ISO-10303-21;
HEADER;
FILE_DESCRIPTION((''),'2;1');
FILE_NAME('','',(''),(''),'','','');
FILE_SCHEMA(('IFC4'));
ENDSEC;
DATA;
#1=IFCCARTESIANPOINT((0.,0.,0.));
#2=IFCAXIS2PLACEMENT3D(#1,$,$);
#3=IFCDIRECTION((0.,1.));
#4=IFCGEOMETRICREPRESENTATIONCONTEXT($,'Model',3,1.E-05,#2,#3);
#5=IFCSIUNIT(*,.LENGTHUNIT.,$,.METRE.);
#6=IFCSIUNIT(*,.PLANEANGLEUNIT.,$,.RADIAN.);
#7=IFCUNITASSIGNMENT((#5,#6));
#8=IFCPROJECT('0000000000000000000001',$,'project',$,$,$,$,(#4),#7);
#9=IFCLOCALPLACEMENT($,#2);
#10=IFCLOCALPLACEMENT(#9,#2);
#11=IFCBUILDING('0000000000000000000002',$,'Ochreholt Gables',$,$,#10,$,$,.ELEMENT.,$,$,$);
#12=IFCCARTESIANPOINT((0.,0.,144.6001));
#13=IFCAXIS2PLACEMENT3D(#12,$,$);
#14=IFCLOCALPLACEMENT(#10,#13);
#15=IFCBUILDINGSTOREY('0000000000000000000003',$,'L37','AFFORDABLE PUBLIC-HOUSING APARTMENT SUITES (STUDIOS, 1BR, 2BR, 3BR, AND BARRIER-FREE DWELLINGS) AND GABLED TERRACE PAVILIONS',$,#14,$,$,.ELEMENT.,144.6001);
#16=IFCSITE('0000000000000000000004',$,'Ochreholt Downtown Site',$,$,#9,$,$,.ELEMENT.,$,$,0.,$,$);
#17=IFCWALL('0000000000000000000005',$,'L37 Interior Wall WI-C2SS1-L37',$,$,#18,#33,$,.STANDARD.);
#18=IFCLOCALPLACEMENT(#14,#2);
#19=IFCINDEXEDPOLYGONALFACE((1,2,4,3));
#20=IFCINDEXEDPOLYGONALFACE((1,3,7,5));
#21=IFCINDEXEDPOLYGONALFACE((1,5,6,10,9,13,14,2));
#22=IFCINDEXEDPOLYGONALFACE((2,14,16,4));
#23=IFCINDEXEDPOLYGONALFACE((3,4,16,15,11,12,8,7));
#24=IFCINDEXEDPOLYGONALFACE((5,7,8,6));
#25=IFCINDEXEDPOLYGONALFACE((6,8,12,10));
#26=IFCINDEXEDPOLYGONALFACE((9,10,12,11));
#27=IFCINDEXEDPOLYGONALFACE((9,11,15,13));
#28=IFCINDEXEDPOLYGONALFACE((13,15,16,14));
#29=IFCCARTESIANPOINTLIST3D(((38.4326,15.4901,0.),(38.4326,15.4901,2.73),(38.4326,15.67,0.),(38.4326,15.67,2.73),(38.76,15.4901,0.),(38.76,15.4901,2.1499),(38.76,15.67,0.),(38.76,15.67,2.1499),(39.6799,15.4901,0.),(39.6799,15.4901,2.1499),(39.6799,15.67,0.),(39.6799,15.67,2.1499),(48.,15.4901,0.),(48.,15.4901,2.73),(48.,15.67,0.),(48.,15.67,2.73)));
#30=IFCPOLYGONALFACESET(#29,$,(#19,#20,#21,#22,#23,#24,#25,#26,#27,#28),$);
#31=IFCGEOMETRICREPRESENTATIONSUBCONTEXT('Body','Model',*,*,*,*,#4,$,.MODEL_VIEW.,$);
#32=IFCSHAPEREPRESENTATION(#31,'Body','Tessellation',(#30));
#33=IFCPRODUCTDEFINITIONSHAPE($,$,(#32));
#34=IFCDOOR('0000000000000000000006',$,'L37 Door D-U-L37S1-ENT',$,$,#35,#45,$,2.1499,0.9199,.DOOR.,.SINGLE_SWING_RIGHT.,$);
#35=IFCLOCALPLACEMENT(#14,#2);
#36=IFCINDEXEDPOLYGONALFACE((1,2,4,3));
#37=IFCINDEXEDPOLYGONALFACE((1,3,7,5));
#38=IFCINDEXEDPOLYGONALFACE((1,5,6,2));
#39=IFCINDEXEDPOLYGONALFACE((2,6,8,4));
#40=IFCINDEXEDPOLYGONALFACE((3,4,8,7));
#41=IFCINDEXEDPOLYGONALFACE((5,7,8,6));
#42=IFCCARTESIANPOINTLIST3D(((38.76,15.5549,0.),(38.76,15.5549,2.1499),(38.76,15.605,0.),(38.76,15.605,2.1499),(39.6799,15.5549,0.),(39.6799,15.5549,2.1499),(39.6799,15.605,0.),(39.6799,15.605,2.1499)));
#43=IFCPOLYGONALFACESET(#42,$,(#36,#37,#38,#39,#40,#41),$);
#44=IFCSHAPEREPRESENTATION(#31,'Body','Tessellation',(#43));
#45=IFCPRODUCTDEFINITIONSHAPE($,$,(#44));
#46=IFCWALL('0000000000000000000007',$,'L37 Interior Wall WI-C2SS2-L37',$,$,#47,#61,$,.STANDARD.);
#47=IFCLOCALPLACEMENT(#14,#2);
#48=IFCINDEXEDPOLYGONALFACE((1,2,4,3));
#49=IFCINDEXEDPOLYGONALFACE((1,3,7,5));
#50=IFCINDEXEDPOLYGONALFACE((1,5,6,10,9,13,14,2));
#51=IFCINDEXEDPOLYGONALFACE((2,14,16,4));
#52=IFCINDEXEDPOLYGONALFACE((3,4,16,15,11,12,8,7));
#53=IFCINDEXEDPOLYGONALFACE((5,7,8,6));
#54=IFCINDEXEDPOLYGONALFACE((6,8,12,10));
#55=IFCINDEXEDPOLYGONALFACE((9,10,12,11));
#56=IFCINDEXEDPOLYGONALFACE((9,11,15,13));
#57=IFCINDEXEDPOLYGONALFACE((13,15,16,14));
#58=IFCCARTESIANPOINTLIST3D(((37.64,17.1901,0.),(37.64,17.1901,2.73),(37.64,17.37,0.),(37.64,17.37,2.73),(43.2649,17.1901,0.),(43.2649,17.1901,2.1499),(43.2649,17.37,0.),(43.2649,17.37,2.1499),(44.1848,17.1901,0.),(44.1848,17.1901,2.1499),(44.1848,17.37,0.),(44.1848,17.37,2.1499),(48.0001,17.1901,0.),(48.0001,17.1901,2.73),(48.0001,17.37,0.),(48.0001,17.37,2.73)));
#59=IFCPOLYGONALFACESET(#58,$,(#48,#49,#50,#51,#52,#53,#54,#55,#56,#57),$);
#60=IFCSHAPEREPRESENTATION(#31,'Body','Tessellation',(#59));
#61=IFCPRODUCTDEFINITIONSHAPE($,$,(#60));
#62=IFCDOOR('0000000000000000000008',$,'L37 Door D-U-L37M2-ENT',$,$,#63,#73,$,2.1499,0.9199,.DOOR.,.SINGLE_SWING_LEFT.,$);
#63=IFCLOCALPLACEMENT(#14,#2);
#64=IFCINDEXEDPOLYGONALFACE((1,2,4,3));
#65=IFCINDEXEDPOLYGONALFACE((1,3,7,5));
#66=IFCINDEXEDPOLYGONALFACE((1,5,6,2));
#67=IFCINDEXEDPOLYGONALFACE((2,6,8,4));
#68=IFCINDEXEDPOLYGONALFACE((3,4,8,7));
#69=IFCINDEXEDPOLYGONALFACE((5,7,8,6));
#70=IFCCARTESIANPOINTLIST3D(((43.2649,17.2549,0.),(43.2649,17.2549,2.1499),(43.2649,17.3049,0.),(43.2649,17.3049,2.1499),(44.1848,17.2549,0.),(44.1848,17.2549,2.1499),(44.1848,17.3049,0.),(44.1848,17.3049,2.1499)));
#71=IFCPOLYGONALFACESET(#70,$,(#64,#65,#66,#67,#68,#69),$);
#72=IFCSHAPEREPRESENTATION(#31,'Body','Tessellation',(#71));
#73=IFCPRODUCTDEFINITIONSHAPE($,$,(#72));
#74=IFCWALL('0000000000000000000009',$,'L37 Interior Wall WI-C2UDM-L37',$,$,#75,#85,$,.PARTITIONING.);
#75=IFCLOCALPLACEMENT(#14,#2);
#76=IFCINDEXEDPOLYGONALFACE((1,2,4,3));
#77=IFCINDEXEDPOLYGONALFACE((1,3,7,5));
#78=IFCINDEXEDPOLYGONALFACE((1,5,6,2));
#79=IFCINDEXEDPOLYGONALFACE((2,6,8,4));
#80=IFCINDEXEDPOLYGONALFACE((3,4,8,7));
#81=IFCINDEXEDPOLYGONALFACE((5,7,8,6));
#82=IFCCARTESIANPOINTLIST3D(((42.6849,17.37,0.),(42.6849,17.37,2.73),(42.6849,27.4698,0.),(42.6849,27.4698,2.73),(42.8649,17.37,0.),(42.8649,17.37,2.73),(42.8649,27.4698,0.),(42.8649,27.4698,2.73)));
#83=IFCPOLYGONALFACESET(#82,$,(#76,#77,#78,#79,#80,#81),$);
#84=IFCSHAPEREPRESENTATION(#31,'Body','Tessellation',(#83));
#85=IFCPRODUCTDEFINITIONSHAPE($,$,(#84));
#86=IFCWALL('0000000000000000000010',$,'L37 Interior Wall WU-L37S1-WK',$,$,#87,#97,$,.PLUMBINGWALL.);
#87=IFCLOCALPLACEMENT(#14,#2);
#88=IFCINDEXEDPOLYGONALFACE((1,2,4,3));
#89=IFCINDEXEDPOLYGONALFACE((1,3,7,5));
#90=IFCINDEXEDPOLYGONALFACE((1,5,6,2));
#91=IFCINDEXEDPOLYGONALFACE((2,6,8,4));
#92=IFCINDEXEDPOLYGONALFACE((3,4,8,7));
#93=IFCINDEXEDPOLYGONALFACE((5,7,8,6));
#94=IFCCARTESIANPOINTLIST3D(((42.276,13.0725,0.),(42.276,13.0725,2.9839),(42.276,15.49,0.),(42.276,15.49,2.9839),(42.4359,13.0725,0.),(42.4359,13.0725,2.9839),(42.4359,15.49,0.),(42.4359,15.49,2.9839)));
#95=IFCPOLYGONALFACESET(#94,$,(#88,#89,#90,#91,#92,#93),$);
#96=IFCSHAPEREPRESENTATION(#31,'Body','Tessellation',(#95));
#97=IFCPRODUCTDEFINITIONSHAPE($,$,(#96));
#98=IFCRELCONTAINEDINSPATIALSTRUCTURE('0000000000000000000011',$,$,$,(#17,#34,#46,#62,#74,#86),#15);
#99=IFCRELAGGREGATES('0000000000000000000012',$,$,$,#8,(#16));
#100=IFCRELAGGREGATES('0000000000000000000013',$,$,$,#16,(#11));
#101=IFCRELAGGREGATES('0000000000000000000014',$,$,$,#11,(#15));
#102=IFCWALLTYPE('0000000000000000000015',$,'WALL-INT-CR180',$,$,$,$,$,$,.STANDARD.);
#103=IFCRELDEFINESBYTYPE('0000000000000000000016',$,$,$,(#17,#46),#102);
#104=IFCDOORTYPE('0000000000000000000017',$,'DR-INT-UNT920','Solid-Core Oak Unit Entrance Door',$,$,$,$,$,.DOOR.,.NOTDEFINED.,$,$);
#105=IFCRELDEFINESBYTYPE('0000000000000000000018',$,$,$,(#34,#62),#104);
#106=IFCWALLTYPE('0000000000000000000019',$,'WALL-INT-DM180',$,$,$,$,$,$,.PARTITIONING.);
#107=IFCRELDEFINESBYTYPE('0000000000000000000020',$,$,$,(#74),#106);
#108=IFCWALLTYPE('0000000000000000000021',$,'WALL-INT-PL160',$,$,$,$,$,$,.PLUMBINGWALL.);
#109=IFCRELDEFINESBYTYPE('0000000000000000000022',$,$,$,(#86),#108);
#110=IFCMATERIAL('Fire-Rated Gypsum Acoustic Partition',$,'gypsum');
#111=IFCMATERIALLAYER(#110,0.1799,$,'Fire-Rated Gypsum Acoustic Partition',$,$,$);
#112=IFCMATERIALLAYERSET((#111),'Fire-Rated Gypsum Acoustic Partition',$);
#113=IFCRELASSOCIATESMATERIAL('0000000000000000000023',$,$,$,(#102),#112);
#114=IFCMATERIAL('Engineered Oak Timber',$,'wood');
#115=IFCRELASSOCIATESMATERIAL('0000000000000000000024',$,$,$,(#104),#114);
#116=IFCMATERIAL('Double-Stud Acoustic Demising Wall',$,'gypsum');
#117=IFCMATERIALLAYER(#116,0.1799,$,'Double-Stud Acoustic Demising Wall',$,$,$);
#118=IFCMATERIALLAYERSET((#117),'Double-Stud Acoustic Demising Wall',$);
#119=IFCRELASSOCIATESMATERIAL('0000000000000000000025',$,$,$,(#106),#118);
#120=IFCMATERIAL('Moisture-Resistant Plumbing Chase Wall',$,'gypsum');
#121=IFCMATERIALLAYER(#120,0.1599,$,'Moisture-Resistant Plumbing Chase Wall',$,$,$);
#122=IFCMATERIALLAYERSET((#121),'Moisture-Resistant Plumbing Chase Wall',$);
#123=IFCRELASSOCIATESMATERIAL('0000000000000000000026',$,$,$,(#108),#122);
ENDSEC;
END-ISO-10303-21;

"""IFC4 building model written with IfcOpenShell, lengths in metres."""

from ifc_helpers import new_model, si_unit, direction, frame, frame_2d, origin, place, context, subcontext, project, spatial, rectangle, extrude, material, layer, layer_set, type_object, element, fill, save


model = new_model("IFC4")

# Units and contexts
model_context = context("Model", 3, precision=1e-05, world=origin(), true_north=direction((0.0, 1.0)))
body_context = subcontext(model_context, "Body", "Model", "MODEL_VIEW")
ifc_project = project(units=[si_unit("LENGTHUNIT", "METRE"), si_unit("PLANEANGLEUNIT", "RADIAN")], contexts=[model_context])

# Site, building, storey
site_placement = place(None, origin())
site = spatial("IfcSite", under=ifc_project, at=site_placement, Name="Ochreholt Downtown Site", CompositionType="ELEMENT", RefElevation=0.0)
building_placement = place(site_placement, origin())
building = spatial("IfcBuilding", under=site, at=building_placement, Name="Ochreholt Gables", CompositionType="ELEMENT")
storey_placement = place(building_placement, frame((0.0, 0.0, 144.6001)))
storey = spatial("IfcBuildingStorey", under=building, at=storey_placement, Name="L37", Description="AFFORDABLE PUBLIC-HOUSING APARTMENT SUITES (STUDIOS, 1BR, 2BR, 3BR, AND BARRIER-FREE DWELLINGS) AND GABLED TERRACE PAVILIONS", CompositionType="ELEMENT", Elevation=144.6001)

# Walls, openings, doors
ifc_material_1 = material(Name="Fire-Rated Gypsum Acoustic Partition", Category="gypsum")
ifc_layer_1 = layer(ifc_material_1, 0.1799, Name="Fire-Rated Gypsum Acoustic Partition")
ifc_layer_set_1 = layer_set([ifc_layer_1], Name="Fire-Rated Gypsum Acoustic Partition")
wall_type_1 = type_object("IfcWallType", Name="WALL-INT-CR180", PredefinedType="STANDARD", material=ifc_layer_set_1)
ifc_material_2 = material(Name="Engineered Oak Timber", Category="wood")
door_type_1 = type_object("IfcDoorType", Name="DR-INT-UNT920", Description="Solid-Core Oak Unit Entrance Door", OperationType="NOTDEFINED", PredefinedType="DOOR", material=ifc_material_2)
wall_1_placement = place(storey_placement, frame((38.4326, 15.5801, 0.0), z_axis=(0.0, 0.0, 1.0), x_axis=(1.0, 0.0, 0.0)))
wall_1 = element("IfcWall", 1, at=wall_1_placement, inside=storey, type_object=wall_type_1, Name="L37 Interior Wall WI-C2SS1-L37", PredefinedType="STANDARD", context=body_context, shape_type="SweptSolid", body=[
    extrude(rectangle(XDim=9.5674, YDim=0.1799, at=frame_2d((4.7837, 0.0))), origin(), (0.0, 0.0, 1.0), 2.73),
])
opening_1_placement = place(wall_1_placement, frame((0.3274, 0.0, 0.0)))
opening_1 = element("IfcOpeningElement", 2, at=opening_1_placement, cuts=wall_1, PredefinedType="OPENING", context=body_context, shape_type="SweptSolid", body=[
    extrude(rectangle(XDim=0.9199, YDim=2.1499, at=frame_2d((0.46, 1.075))), frame((0.0, 0.0999, 0.0), z_axis=(0.0, -1.0, 0.0), x_axis=(1.0, 0.0, 0.0)), (0.0, 0.0, 1.0), 0.2),
])
door_1_placement = place(opening_1_placement, origin())
door_1 = element("IfcDoor", 3, at=door_1_placement, inside=storey, type_object=door_type_1, Name="L37 Door D-U-L37S1-ENT", OperationType="SINGLE_SWING_RIGHT", OverallHeight=2.1499, OverallWidth=0.9199, PredefinedType="DOOR", context=body_context, shape_type="SweptSolid", body=[
    extrude(rectangle(XDim=0.9199, YDim=2.1499, at=frame_2d((0.46, 1.075))), frame((0.0, 0.0249, 0.0), z_axis=(0.0, -1.0, 0.0), x_axis=(1.0, 0.0, 0.0)), (0.0, 0.0, 1.0), 0.05),
])
fill(opening_1, door_1)
wall_2_placement = place(storey_placement, frame((37.6399, 17.28, 0.0), z_axis=(0.0, 0.0, 1.0), x_axis=(1.0, 0.0, 0.0)))
wall_2 = element("IfcWall", 4, at=wall_2_placement, inside=storey, type_object=wall_type_1, Name="L37 Interior Wall WI-C2SS2-L37", PredefinedType="STANDARD", context=body_context, shape_type="SweptSolid", body=[
    extrude(rectangle(XDim=10.3601, YDim=0.1799, at=frame_2d((5.1802, 0.0))), origin(), (0.0, 0.0, 1.0), 2.73),
])
opening_2_placement = place(wall_2_placement, frame((5.625, 0.0, 0.0)))
opening_2 = element("IfcOpeningElement", 5, at=opening_2_placement, cuts=wall_2, PredefinedType="OPENING", context=body_context, shape_type="SweptSolid", body=[
    extrude(rectangle(XDim=0.9199, YDim=2.1499, at=frame_2d((0.46, 1.075))), frame((0.0, 0.0999, 0.0), z_axis=(0.0, -1.0, 0.0), x_axis=(1.0, 0.0, 0.0)), (0.0, 0.0, 1.0), 0.2),
])
door_2_placement = place(opening_2_placement, origin())
door_2 = element("IfcDoor", 6, at=door_2_placement, inside=storey, type_object=door_type_1, Name="L37 Door D-U-L37M2-ENT", OperationType="SINGLE_SWING_LEFT", OverallHeight=2.1499, OverallWidth=0.9199, PredefinedType="DOOR", context=body_context, shape_type="SweptSolid", body=[
    extrude(rectangle(XDim=0.9199, YDim=2.1499, at=frame_2d((0.46, 1.075))), frame((0.0, 0.0249, 0.0), z_axis=(0.0, -1.0, 0.0), x_axis=(1.0, 0.0, 0.0)), (0.0, 0.0, 1.0), 0.05),
])
fill(opening_2, door_2)

# Wall
ifc_material_3 = material(Name="Double-Stud Acoustic Demising Wall", Category="gypsum")
ifc_layer_2 = layer(ifc_material_3, 0.1799, Name="Double-Stud Acoustic Demising Wall")
ifc_layer_set_2 = layer_set([ifc_layer_2], Name="Double-Stud Acoustic Demising Wall")
wall_type_2 = type_object("IfcWallType", Name="WALL-INT-DM180", PredefinedType="PARTITIONING", material=ifc_layer_set_2)
wall_3_placement = place(storey_placement, frame((42.7749, 17.3701, 0.0), z_axis=(0.0, 0.0, 1.0), x_axis=(0.0, 1.0, 0.0)))
element("IfcWall", 7, at=wall_3_placement, inside=storey, type_object=wall_type_2, Name="L37 Interior Wall WI-C2UDM-L37", PredefinedType="PARTITIONING", context=body_context, shape_type="SweptSolid", body=[
    extrude(rectangle(XDim=10.0999, YDim=0.1799, at=frame_2d((5.0498, 0.0))), origin(), (0.0, 0.0, 1.0), 2.73),
])

# Shared definitions
ifc_material_4 = material(Name="Moisture-Resistant Plumbing Chase Wall", Category="gypsum")
ifc_layer_3 = layer(ifc_material_4, 0.1599, Name="Moisture-Resistant Plumbing Chase Wall")
ifc_layer_set_3 = layer_set([ifc_layer_3], Name="Moisture-Resistant Plumbing Chase Wall")
wall_type_3 = type_object("IfcWallType", Name="WALL-INT-PL160", PredefinedType="PLUMBINGWALL", material=ifc_layer_set_3)

# Wall
wall_4_placement = place(storey_placement, frame((42.356, 13.0725, 0.0), z_axis=(0.0, 0.0, 1.0), x_axis=(0.0, 1.0, 0.0)))
element("IfcWall", 8, at=wall_4_placement, inside=storey, type_object=wall_type_3, Name="L37 Interior Wall WU-L37S1-WK", PredefinedType="PLUMBINGWALL", context=body_context, shape_type="SweptSolid", body=[
    extrude(rectangle(XDim=2.4175, YDim=0.1599, at=frame_2d((1.2087, 0.0))), origin(), (0.0, 0.0, 1.0), 2.9839),
])

save(model, "model.ifc")
